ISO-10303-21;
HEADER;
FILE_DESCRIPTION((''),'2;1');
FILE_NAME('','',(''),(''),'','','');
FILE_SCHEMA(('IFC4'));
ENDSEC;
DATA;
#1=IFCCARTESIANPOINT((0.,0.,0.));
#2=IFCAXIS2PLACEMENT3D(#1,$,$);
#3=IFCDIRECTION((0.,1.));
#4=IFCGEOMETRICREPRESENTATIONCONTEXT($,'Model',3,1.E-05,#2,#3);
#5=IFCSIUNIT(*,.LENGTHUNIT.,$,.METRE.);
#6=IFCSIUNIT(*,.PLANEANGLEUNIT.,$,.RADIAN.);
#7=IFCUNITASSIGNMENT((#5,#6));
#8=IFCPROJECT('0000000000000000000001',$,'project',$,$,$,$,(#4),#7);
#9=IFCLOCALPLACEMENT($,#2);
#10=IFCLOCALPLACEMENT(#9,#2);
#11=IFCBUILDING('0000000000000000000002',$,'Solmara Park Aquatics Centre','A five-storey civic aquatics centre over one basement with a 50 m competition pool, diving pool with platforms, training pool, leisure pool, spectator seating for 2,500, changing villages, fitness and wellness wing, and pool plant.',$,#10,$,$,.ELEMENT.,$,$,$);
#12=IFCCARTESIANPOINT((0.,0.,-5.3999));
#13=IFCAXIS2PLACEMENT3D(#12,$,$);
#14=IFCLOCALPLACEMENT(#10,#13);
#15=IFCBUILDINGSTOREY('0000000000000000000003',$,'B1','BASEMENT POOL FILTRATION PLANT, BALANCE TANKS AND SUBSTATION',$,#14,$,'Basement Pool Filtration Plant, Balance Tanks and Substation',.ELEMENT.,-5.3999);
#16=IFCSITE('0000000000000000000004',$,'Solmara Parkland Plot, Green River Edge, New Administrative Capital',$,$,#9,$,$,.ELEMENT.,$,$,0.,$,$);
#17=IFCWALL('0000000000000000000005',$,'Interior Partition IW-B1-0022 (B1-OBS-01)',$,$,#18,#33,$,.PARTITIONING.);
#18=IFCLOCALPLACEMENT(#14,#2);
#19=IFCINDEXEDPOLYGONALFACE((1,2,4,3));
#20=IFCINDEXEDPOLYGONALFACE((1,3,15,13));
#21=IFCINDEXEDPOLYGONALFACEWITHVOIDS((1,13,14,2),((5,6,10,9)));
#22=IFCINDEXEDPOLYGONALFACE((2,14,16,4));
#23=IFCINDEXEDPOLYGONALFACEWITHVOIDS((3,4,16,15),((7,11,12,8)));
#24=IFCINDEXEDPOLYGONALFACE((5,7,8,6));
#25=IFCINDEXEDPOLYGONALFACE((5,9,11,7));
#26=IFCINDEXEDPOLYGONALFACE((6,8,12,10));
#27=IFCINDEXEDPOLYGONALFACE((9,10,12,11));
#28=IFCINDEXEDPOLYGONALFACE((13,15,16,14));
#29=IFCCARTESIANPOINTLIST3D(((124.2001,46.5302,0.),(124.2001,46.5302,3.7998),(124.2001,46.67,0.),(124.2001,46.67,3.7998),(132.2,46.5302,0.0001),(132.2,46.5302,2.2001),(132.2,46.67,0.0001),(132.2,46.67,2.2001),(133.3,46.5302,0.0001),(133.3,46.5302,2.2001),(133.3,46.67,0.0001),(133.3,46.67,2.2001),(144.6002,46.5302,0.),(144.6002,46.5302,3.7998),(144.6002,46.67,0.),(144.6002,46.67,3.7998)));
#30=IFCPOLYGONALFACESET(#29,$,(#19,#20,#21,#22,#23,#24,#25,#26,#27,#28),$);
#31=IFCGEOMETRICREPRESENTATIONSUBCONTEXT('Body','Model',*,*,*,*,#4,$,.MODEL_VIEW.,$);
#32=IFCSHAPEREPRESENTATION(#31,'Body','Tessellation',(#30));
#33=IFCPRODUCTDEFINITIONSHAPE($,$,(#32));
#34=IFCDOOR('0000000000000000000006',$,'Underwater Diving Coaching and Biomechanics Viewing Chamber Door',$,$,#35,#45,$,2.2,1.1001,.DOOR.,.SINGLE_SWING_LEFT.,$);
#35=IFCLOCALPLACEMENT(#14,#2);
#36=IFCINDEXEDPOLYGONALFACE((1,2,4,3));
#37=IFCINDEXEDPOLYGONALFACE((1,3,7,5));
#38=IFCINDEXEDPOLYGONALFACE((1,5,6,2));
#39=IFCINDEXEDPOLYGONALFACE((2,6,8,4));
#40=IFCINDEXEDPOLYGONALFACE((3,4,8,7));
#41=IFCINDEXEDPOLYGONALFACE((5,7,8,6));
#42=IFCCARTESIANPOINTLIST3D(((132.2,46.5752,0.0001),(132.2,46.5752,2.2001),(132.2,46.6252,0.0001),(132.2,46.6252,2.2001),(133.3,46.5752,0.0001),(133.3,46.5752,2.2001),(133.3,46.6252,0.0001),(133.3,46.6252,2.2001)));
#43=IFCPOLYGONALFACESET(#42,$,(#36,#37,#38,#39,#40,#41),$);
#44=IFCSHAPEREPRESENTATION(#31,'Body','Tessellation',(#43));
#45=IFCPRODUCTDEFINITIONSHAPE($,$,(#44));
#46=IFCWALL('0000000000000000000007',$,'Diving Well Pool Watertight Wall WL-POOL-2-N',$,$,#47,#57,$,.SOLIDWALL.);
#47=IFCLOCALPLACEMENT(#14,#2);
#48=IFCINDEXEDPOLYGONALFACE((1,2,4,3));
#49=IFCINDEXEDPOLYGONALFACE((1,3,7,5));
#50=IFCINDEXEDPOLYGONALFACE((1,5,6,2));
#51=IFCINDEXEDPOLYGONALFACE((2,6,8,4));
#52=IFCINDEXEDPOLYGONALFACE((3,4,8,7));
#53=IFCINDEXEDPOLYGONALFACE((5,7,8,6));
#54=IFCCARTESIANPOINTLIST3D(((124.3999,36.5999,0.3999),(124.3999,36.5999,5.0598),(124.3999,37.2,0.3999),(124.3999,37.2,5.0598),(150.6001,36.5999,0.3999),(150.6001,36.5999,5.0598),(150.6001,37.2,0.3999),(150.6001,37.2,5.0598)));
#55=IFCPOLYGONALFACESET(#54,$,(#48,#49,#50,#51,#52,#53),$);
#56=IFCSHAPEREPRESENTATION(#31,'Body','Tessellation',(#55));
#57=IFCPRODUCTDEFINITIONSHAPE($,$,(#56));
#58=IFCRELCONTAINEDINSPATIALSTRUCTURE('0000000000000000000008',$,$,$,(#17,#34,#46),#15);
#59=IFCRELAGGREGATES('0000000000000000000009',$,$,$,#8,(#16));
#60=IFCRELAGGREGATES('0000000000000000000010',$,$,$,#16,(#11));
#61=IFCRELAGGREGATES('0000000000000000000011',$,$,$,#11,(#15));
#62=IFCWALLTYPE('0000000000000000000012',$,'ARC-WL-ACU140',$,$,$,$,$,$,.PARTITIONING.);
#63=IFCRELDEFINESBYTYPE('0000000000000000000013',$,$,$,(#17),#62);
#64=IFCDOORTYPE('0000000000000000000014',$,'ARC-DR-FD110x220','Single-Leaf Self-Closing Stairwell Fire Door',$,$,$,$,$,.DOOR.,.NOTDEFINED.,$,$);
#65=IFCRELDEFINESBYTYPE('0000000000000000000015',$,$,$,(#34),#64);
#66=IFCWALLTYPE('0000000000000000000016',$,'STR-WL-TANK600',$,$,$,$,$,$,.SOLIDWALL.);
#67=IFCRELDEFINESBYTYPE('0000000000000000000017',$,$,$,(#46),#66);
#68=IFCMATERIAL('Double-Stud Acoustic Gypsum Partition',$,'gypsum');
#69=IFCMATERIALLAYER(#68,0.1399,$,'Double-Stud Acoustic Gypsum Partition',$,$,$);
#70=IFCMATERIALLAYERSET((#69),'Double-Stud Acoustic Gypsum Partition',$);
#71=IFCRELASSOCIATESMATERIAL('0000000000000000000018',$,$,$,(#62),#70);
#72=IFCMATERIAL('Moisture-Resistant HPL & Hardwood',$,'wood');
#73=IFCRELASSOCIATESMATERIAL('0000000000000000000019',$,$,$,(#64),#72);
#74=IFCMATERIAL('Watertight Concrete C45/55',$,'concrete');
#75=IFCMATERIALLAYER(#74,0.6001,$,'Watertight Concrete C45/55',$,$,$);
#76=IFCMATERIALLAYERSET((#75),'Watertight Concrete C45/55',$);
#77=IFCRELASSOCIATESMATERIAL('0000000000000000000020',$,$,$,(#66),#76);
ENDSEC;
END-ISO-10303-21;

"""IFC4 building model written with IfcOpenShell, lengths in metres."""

from ifc_helpers import new_model, si_unit, direction, frame, frame_2d, origin, place, context, subcontext, project, spatial, rectangle, extrude, material, layer, layer_set, type_object, element, fill, save


model = new_model("IFC4")

# Units and contexts
model_context = context("Model", 3, precision=1e-05, world=origin(), true_north=direction((0.0, 1.0)))
body_context = subcontext(model_context, "Body", "Model", "MODEL_VIEW")
ifc_project = project(units=[si_unit("LENGTHUNIT", "METRE"), si_unit("PLANEANGLEUNIT", "RADIAN")], contexts=[model_context])

# Site, building, storey
site_placement = place(None, origin())
site = spatial("IfcSite", under=ifc_project, at=site_placement, Name="Solmara Parkland Plot, Green River Edge, New Administrative Capital", CompositionType="ELEMENT", RefElevation=0.0)
building_placement = place(site_placement, origin())
building = spatial("IfcBuilding", under=site, at=building_placement, Name="Solmara Park Aquatics Centre", Description="A five-storey civic aquatics centre over one basement with a 50 m competition pool, diving pool with platforms, training pool, leisure pool, spectator seating for 2,500, changing villages, fitness and wellness wing, and pool plant.", CompositionType="ELEMENT")
storey_placement = place(building_placement, frame((0.0, 0.0, -5.3999)))
storey = spatial("IfcBuildingStorey", under=building, at=storey_placement, Name="B1", Description="BASEMENT POOL FILTRATION PLANT, BALANCE TANKS AND SUBSTATION", LongName="Basement Pool Filtration Plant, Balance Tanks and Substation", CompositionType="ELEMENT", Elevation=-5.3999)

# Shared definitions
ifc_material_1 = material(Name="Watertight Concrete C45/55", Category="concrete")

# Shared definitions
ifc_material_2 = material(Name="Double-Stud Acoustic Gypsum Partition", Category="gypsum")
ifc_layer_1 = layer(ifc_material_2, 0.1399, Name="Double-Stud Acoustic Gypsum Partition")
ifc_layer_set_1 = layer_set([ifc_layer_1], Name="Double-Stud Acoustic Gypsum Partition")
wall_type_1 = type_object("IfcWallType", Name="ARC-WL-ACU140", PredefinedType="PARTITIONING", material=ifc_layer_set_1)

# Wall, opening, door
wall_1_placement = place(storey_placement, frame((124.2, 46.6001, 0.0), z_axis=(0.0, 0.0, 1.0), x_axis=(1.0, 0.0, 0.0)))
wall_1 = element("IfcWall", 1, at=wall_1_placement, inside=storey, type_object=wall_type_1, Name="Interior Partition IW-B1-0022 (B1-OBS-01)", PredefinedType="PARTITIONING", context=body_context, shape_type="SweptSolid", body=[
    extrude(rectangle(XDim=20.4001, YDim=0.1399, at=frame_2d((10.2002, 0.0))), origin(), (0.0, 0.0, 1.0), 3.7998),
])
opening_placement = place(wall_1_placement, frame((8.0, 0.0, 0.0)))
opening = element("IfcOpeningElement", 2, at=opening_placement, cuts=wall_1, PredefinedType="OPENING", context=body_context, shape_type="SweptSolid", body=[
    extrude(rectangle(XDim=1.1001, YDim=2.2, at=frame_2d((0.55, 1.1001))), frame((0.0, 0.0798, 0.0), z_axis=(0.0, -1.0, 0.0), x_axis=(1.0, 0.0, 0.0)), (0.0, 0.0, 1.0), 0.1599),
])
ifc_material_3 = material(Name="Moisture-Resistant HPL & Hardwood", Category="wood")
door_type = type_object("IfcDoorType", Name="ARC-DR-FD110x220", Description="Single-Leaf Self-Closing Stairwell Fire Door", OperationType="NOTDEFINED", PredefinedType="DOOR", material=ifc_material_3)
door_placement = place(opening_placement, frame((1.1001, 0.0, 0.0), z_axis=(0.0, 0.0, 1.0), x_axis=(-1.0, 0.0, 0.0)))
door = element("IfcDoor", 3, at=door_placement, inside=storey, type_object=door_type, Name="Underwater Diving Coaching and Biomechanics Viewing Chamber Door", OperationType="SINGLE_SWING_LEFT", OverallHeight=2.2, OverallWidth=1.1001, PredefinedType="DOOR", context=body_context, shape_type="SweptSolid", body=[
    extrude(rectangle(XDim=1.1001, YDim=2.2, at=frame_2d((0.55, 1.1001))), frame((0.0, 0.0249, 0.0), z_axis=(0.0, -1.0, 0.0), x_axis=(1.0, 0.0, 0.0)), (0.0, 0.0, 1.0), 0.05),
])
fill(opening, door)

# Wall
ifc_layer_2 = layer(ifc_material_1, 0.6001, Name="Watertight Concrete C45/55")
ifc_layer_set_2 = layer_set([ifc_layer_2], Name="Watertight Concrete C45/55")
wall_type_2 = type_object("IfcWallType", Name="STR-WL-TANK600", PredefinedType="SOLIDWALL", material=ifc_layer_set_2)
wall_2_placement = place(storey_placement, frame((124.3999, 36.8999, 0.3999), z_axis=(0.0, 0.0, 1.0), x_axis=(1.0, 0.0, 0.0)))
element("IfcWall", 4, at=wall_2_placement, inside=storey, type_object=wall_type_2, Name="Diving Well Pool Watertight Wall WL-POOL-2-N", PredefinedType="SOLIDWALL", context=body_context, shape_type="SweptSolid", body=[
    extrude(rectangle(XDim=26.2002, YDim=0.6001, at=frame_2d((13.1001, 0.0))), origin(), (0.0, 0.0, 1.0), 4.6599),
])

save(model, "model.ifc")
